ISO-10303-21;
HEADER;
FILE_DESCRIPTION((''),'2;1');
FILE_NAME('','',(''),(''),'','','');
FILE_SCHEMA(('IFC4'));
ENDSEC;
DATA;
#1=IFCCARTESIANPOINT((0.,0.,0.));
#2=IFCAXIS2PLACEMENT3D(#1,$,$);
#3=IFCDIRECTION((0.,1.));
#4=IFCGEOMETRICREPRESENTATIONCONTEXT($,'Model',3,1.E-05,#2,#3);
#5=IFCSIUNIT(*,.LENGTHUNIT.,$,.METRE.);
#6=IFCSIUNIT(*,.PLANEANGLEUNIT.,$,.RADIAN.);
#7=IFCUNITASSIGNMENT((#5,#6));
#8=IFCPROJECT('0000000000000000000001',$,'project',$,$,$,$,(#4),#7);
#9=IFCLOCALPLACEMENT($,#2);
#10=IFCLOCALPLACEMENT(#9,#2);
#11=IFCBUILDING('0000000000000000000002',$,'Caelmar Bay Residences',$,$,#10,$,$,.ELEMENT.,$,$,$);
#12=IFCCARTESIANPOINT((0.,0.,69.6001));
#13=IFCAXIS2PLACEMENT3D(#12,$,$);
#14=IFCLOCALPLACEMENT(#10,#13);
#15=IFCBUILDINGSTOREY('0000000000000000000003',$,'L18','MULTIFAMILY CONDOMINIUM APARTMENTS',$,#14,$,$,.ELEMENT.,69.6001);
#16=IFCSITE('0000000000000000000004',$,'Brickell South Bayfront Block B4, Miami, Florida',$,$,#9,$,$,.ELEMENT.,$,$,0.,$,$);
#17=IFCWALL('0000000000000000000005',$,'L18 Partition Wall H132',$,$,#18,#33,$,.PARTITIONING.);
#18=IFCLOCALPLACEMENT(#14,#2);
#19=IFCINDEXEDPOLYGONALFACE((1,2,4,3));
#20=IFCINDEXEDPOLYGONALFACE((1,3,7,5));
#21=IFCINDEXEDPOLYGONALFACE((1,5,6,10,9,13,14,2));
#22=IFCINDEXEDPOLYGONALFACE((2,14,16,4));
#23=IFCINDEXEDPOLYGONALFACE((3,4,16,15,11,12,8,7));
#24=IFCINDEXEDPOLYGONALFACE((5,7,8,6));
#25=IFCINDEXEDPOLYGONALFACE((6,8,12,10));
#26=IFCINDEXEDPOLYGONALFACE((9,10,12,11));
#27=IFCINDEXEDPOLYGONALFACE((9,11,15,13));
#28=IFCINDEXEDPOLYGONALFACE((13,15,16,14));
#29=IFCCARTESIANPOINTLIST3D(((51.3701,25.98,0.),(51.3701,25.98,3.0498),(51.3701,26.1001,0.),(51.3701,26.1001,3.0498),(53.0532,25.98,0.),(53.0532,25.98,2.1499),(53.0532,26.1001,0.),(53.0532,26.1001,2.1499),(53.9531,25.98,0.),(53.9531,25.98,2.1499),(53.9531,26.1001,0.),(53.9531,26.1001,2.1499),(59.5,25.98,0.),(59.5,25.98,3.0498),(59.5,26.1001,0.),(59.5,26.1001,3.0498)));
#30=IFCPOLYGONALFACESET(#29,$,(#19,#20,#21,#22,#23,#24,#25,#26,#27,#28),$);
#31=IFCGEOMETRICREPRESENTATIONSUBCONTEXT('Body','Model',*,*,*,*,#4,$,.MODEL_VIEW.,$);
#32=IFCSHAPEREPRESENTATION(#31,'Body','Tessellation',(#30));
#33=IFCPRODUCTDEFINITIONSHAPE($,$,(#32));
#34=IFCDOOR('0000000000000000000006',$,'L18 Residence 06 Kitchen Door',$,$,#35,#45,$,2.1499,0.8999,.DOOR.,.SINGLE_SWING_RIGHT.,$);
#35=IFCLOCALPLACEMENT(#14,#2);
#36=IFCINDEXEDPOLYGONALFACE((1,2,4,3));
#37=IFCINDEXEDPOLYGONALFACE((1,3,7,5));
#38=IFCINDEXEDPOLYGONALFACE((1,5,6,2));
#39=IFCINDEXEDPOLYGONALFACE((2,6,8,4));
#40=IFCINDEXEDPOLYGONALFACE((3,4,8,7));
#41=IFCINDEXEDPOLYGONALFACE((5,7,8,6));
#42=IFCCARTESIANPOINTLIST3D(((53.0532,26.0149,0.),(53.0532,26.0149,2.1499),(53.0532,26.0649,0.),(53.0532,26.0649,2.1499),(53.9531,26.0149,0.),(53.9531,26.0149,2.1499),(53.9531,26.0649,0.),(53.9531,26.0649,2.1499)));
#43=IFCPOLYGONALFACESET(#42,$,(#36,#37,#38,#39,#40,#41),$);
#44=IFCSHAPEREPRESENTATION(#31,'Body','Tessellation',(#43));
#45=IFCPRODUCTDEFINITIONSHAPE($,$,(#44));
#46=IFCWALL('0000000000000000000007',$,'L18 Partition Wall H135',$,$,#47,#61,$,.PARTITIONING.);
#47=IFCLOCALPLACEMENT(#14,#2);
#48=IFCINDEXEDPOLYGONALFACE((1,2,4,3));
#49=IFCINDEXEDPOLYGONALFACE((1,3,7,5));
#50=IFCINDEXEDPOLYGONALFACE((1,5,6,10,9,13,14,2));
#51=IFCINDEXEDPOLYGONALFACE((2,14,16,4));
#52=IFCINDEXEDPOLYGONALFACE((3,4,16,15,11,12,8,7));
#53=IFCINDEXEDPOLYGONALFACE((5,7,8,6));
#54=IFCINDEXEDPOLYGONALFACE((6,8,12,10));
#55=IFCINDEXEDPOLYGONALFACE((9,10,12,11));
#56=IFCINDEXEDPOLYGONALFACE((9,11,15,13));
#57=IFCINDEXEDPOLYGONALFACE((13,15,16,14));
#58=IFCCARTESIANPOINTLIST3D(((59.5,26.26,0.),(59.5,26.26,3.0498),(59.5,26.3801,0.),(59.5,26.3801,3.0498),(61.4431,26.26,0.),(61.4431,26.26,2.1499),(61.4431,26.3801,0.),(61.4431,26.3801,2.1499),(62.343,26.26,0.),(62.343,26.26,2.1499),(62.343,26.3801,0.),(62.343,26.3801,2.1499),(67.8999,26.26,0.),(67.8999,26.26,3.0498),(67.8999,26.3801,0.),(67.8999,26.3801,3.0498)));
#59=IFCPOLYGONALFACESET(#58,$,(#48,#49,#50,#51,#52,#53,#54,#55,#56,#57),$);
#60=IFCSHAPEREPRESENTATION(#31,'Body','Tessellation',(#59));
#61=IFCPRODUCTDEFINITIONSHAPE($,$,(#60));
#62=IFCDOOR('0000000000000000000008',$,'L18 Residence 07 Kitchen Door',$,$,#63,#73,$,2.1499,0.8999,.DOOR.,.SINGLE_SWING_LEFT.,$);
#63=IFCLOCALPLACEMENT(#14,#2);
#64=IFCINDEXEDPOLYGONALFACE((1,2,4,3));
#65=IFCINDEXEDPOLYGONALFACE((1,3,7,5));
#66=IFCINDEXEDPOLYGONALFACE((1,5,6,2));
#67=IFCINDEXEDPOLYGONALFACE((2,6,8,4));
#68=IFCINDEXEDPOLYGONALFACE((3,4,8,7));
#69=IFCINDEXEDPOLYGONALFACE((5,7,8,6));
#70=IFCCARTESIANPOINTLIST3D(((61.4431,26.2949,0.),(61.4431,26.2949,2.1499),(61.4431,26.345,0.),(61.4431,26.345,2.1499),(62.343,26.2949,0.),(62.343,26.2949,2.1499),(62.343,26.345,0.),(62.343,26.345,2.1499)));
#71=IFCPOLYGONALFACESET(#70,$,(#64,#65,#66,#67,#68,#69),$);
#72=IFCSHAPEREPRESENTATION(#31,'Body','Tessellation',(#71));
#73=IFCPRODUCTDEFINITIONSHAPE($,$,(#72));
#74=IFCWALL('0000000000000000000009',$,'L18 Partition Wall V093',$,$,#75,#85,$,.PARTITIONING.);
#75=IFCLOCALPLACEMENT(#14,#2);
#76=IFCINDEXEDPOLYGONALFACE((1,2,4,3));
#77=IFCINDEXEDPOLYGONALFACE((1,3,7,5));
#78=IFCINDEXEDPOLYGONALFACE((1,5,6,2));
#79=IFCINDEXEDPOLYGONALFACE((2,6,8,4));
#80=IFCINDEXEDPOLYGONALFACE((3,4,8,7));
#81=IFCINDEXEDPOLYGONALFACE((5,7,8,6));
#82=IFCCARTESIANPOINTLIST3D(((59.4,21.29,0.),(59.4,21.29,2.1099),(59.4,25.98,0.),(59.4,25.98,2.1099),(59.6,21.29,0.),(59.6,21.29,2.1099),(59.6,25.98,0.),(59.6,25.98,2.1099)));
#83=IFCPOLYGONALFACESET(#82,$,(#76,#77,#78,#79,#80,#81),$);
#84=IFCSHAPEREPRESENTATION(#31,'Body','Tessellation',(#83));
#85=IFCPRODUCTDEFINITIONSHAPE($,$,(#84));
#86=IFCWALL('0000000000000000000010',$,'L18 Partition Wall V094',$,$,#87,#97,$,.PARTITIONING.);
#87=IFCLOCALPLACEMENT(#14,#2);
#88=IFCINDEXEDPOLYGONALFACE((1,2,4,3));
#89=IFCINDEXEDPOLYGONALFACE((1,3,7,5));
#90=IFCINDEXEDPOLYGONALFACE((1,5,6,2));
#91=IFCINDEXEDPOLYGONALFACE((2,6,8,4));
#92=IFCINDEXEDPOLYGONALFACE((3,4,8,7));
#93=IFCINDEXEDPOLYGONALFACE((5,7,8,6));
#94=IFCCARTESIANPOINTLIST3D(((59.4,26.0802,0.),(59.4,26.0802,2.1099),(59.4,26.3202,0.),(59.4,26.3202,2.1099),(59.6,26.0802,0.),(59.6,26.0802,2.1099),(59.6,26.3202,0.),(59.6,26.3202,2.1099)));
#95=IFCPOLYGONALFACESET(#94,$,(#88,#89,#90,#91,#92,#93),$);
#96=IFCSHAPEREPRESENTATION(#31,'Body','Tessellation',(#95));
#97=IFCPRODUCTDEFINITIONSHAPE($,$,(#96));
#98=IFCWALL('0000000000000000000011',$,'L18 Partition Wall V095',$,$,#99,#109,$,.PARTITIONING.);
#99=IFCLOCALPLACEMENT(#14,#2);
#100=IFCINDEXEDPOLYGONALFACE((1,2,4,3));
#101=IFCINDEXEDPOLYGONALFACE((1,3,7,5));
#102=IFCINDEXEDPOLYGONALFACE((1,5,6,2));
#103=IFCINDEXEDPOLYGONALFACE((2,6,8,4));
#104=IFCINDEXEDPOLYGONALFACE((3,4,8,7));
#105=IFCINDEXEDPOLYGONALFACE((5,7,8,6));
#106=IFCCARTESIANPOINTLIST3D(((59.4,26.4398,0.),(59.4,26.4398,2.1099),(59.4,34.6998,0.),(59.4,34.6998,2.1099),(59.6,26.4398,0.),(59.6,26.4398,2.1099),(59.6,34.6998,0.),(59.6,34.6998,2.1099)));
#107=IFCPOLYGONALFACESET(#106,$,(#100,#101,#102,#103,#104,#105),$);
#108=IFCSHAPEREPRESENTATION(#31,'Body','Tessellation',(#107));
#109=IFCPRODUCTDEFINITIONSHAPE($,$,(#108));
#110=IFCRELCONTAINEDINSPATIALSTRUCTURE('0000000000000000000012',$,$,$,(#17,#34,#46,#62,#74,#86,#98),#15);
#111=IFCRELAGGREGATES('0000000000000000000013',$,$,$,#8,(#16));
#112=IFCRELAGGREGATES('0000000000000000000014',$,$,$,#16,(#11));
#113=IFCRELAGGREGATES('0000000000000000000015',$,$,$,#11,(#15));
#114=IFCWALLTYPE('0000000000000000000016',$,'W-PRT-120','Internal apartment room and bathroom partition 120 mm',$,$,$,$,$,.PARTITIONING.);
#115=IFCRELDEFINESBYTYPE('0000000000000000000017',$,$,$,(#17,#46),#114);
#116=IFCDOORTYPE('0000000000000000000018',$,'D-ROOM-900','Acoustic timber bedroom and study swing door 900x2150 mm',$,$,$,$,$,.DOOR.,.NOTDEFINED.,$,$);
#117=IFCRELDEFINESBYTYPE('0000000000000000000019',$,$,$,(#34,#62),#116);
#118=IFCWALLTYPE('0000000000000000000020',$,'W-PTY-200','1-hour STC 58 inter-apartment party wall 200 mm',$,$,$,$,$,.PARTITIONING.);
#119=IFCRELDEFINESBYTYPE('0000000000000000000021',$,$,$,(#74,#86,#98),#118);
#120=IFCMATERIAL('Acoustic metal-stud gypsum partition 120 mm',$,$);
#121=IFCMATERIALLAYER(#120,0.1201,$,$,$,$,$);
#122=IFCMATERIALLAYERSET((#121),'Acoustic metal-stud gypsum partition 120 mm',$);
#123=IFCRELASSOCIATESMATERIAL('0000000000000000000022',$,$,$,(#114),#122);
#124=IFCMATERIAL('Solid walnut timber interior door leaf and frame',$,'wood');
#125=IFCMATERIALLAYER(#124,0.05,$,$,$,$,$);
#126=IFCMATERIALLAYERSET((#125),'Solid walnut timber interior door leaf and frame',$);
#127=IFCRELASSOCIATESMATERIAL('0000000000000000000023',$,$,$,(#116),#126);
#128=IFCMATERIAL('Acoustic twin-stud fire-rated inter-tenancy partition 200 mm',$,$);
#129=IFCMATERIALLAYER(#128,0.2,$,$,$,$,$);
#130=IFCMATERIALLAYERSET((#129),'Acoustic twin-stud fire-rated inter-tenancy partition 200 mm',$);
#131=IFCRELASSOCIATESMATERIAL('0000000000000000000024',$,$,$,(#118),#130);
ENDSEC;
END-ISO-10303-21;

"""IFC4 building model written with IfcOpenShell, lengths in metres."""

from ifc_helpers import new_model, si_unit, direction, frame, frame_2d, origin, place, context, subcontext, project, spatial, rectangle, extrude, material, layer, layer_set, type_object, element, fill, save


model = new_model("IFC4")

# Units and contexts
model_context = context("Model", 3, precision=1e-05, world=origin(), true_north=direction((0.0, 1.0)))
body_context = subcontext(model_context, "Body", "Model", "MODEL_VIEW")
ifc_project = project(units=[si_unit("LENGTHUNIT", "METRE"), si_unit("PLANEANGLEUNIT", "RADIAN")], contexts=[model_context])

# Site, building, storey
site_placement = place(None, origin())
site = spatial("IfcSite", under=ifc_project, at=site_placement, Name="Brickell South Bayfront Block B4, Miami, Florida", CompositionType="ELEMENT", RefElevation=0.0)
building_placement = place(site_placement, origin())
building = spatial("IfcBuilding", under=site, at=building_placement, Name="Caelmar Bay Residences", CompositionType="ELEMENT")
storey_placement = place(building_placement, frame((0.0, 0.0, 69.6001)))
storey = spatial("IfcBuildingStorey", under=building, at=storey_placement, Name="L18", Description="MULTIFAMILY CONDOMINIUM APARTMENTS", CompositionType="ELEMENT", Elevation=69.6001)

# Shared definitions
ifc_material_1 = material(Name="Acoustic metal-stud gypsum partition 120 mm")
ifc_layer_1 = layer(ifc_material_1, 0.1201)
ifc_layer_set_1 = layer_set([ifc_layer_1], Name="Acoustic metal-stud gypsum partition 120 mm")
wall_type_1 = type_object("IfcWallType", Name="W-PRT-120", Description="Internal apartment room and bathroom partition 120 mm", PredefinedType="PARTITIONING", material=ifc_layer_set_1)

# Shared definitions
ifc_material_2 = material(Name="Solid walnut timber interior door leaf and frame", Category="wood")
ifc_layer_2 = layer(ifc_material_2, 0.05)
ifc_layer_set_2 = layer_set([ifc_layer_2], Name="Solid walnut timber interior door leaf and frame")
door_type_1 = type_object("IfcDoorType", Name="D-ROOM-900", Description="Acoustic timber bedroom and study swing door 900x2150 mm", OperationType="NOTDEFINED", PredefinedType="DOOR", material=ifc_layer_set_2)

# Walls, openings, doors
wall_1_placement = place(storey_placement, frame((51.3701, 26.04, 0.0), z_axis=(0.0, 0.0, 1.0), x_axis=(1.0, 0.0, 0.0)))
wall_1 = element("IfcWall", 1, at=wall_1_placement, inside=storey, type_object=wall_type_1, Name="L18 Partition Wall H132", PredefinedType="PARTITIONING", context=body_context, shape_type="SweptSolid", body=[
    extrude(rectangle(XDim=8.1299, YDim=0.1201, at=frame_2d((4.0649, 0.0))), origin(), (0.0, 0.0, 1.0), 3.0498),
])
opening_1_placement = place(wall_1_placement, frame((1.6831, 0.0, 0.0)))
opening_1 = element("IfcOpeningElement", 2, at=opening_1_placement, cuts=wall_1, PredefinedType="OPENING", context=body_context, shape_type="SweptSolid", body=[
    extrude(rectangle(XDim=0.8999, YDim=2.1499, at=frame_2d((0.45, 1.075))), frame((0.0, 0.0701, 0.0), z_axis=(0.0, -1.0, 0.0), x_axis=(1.0, 0.0, 0.0)), (0.0, 0.0, 1.0), 0.1401),
])
door_1_placement = place(opening_1_placement, origin())
door_1 = element("IfcDoor", 3, at=door_1_placement, inside=storey, type_object=door_type_1, Name="L18 Residence 06 Kitchen Door", OperationType="SINGLE_SWING_RIGHT", OverallHeight=2.1499, OverallWidth=0.8999, PredefinedType="DOOR", context=body_context, shape_type="SweptSolid", body=[
    extrude(rectangle(XDim=0.8999, YDim=2.1499, at=frame_2d((0.45, 1.075))), frame((0.0, 0.0249, 0.0), z_axis=(0.0, -1.0, 0.0), x_axis=(1.0, 0.0, 0.0)), (0.0, 0.0, 1.0), 0.05),
])
fill(opening_1, door_1)
wall_2_placement = place(storey_placement, frame((59.5, 26.3201, 0.0), z_axis=(0.0, 0.0, 1.0), x_axis=(1.0, 0.0, 0.0)))
wall_2 = element("IfcWall", 4, at=wall_2_placement, inside=storey, type_object=wall_type_1, Name="L18 Partition Wall H135", PredefinedType="PARTITIONING", context=body_context, shape_type="SweptSolid", body=[
    extrude(rectangle(XDim=8.3999, YDim=0.1201, at=frame_2d((4.2, 0.0))), origin(), (0.0, 0.0, 1.0), 3.0498),
])
opening_2_placement = place(wall_2_placement, frame((1.9431, 0.0, 0.0)))
opening_2 = element("IfcOpeningElement", 5, at=opening_2_placement, cuts=wall_2, PredefinedType="OPENING", context=body_context, shape_type="SweptSolid", body=[
    extrude(rectangle(XDim=0.8999, YDim=2.1499, at=frame_2d((0.45, 1.075))), frame((0.0, 0.0701, 0.0), z_axis=(0.0, -1.0, 0.0), x_axis=(1.0, 0.0, 0.0)), (0.0, 0.0, 1.0), 0.1401),
])
door_2_placement = place(opening_2_placement, origin())
door_2 = element("IfcDoor", 6, at=door_2_placement, inside=storey, type_object=door_type_1, Name="L18 Residence 07 Kitchen Door", OperationType="SINGLE_SWING_LEFT", OverallHeight=2.1499, OverallWidth=0.8999, PredefinedType="DOOR", context=body_context, shape_type="SweptSolid", body=[
    extrude(rectangle(XDim=0.8999, YDim=2.1499, at=frame_2d((0.45, 1.075))), frame((0.0, 0.0249, 0.0), z_axis=(0.0, -1.0, 0.0), x_axis=(1.0, 0.0, 0.0)), (0.0, 0.0, 1.0), 0.05),
])
fill(opening_2, door_2)

# Walls
ifc_material_3 = material(Name="Acoustic twin-stud fire-rated inter-tenancy partition 200 mm")
ifc_layer_3 = layer(ifc_material_3, 0.2)
ifc_layer_set_3 = layer_set([ifc_layer_3], Name="Acoustic twin-stud fire-rated inter-tenancy partition 200 mm")
wall_type_2 = type_object("IfcWallType", Name="W-PTY-200", Description="1-hour STC 58 inter-apartment party wall 200 mm", PredefinedType="PARTITIONING", material=ifc_layer_set_3)
wall_3_placement = place(storey_placement, frame((59.5, 21.29, 0.0), z_axis=(0.0, 0.0, 1.0), x_axis=(0.0, 1.0, 0.0)))
element("IfcWall", 7, at=wall_3_placement, inside=storey, type_object=wall_type_2, Name="L18 Partition Wall V093", PredefinedType="PARTITIONING", context=body_context, shape_type="SweptSolid", body=[
    extrude(rectangle(XDim=4.6899, YDim=0.2, at=frame_2d((2.345, 0.0))), origin(), (0.0, 0.0, 1.0), 2.1099),
])
wall_4_placement = place(storey_placement, frame((59.5, 26.0801, 0.0), z_axis=(0.0, 0.0, 1.0), x_axis=(0.0, 1.0, 0.0)))
element("IfcWall", 8, at=wall_4_placement, inside=storey, type_object=wall_type_2, Name="L18 Partition Wall V094", PredefinedType="PARTITIONING", context=body_context, shape_type="SweptSolid", body=[
    extrude(rectangle(XDim=0.24, YDim=0.2, at=frame_2d((0.1201, 0.0))), origin(), (0.0, 0.0, 1.0), 2.1099),
])
wall_5_placement = place(storey_placement, frame((59.5, 26.4399, 0.0), z_axis=(0.0, 0.0, 1.0), x_axis=(0.0, 1.0, 0.0)))
element("IfcWall", 9, at=wall_5_placement, inside=storey, type_object=wall_type_2, Name="L18 Partition Wall V095", PredefinedType="PARTITIONING", context=body_context, shape_type="SweptSolid", body=[
    extrude(rectangle(XDim=8.26, YDim=0.2, at=frame_2d((4.1299, 0.0))), origin(), (0.0, 0.0, 1.0), 2.1099),
])

save(model, "model.ifc")
